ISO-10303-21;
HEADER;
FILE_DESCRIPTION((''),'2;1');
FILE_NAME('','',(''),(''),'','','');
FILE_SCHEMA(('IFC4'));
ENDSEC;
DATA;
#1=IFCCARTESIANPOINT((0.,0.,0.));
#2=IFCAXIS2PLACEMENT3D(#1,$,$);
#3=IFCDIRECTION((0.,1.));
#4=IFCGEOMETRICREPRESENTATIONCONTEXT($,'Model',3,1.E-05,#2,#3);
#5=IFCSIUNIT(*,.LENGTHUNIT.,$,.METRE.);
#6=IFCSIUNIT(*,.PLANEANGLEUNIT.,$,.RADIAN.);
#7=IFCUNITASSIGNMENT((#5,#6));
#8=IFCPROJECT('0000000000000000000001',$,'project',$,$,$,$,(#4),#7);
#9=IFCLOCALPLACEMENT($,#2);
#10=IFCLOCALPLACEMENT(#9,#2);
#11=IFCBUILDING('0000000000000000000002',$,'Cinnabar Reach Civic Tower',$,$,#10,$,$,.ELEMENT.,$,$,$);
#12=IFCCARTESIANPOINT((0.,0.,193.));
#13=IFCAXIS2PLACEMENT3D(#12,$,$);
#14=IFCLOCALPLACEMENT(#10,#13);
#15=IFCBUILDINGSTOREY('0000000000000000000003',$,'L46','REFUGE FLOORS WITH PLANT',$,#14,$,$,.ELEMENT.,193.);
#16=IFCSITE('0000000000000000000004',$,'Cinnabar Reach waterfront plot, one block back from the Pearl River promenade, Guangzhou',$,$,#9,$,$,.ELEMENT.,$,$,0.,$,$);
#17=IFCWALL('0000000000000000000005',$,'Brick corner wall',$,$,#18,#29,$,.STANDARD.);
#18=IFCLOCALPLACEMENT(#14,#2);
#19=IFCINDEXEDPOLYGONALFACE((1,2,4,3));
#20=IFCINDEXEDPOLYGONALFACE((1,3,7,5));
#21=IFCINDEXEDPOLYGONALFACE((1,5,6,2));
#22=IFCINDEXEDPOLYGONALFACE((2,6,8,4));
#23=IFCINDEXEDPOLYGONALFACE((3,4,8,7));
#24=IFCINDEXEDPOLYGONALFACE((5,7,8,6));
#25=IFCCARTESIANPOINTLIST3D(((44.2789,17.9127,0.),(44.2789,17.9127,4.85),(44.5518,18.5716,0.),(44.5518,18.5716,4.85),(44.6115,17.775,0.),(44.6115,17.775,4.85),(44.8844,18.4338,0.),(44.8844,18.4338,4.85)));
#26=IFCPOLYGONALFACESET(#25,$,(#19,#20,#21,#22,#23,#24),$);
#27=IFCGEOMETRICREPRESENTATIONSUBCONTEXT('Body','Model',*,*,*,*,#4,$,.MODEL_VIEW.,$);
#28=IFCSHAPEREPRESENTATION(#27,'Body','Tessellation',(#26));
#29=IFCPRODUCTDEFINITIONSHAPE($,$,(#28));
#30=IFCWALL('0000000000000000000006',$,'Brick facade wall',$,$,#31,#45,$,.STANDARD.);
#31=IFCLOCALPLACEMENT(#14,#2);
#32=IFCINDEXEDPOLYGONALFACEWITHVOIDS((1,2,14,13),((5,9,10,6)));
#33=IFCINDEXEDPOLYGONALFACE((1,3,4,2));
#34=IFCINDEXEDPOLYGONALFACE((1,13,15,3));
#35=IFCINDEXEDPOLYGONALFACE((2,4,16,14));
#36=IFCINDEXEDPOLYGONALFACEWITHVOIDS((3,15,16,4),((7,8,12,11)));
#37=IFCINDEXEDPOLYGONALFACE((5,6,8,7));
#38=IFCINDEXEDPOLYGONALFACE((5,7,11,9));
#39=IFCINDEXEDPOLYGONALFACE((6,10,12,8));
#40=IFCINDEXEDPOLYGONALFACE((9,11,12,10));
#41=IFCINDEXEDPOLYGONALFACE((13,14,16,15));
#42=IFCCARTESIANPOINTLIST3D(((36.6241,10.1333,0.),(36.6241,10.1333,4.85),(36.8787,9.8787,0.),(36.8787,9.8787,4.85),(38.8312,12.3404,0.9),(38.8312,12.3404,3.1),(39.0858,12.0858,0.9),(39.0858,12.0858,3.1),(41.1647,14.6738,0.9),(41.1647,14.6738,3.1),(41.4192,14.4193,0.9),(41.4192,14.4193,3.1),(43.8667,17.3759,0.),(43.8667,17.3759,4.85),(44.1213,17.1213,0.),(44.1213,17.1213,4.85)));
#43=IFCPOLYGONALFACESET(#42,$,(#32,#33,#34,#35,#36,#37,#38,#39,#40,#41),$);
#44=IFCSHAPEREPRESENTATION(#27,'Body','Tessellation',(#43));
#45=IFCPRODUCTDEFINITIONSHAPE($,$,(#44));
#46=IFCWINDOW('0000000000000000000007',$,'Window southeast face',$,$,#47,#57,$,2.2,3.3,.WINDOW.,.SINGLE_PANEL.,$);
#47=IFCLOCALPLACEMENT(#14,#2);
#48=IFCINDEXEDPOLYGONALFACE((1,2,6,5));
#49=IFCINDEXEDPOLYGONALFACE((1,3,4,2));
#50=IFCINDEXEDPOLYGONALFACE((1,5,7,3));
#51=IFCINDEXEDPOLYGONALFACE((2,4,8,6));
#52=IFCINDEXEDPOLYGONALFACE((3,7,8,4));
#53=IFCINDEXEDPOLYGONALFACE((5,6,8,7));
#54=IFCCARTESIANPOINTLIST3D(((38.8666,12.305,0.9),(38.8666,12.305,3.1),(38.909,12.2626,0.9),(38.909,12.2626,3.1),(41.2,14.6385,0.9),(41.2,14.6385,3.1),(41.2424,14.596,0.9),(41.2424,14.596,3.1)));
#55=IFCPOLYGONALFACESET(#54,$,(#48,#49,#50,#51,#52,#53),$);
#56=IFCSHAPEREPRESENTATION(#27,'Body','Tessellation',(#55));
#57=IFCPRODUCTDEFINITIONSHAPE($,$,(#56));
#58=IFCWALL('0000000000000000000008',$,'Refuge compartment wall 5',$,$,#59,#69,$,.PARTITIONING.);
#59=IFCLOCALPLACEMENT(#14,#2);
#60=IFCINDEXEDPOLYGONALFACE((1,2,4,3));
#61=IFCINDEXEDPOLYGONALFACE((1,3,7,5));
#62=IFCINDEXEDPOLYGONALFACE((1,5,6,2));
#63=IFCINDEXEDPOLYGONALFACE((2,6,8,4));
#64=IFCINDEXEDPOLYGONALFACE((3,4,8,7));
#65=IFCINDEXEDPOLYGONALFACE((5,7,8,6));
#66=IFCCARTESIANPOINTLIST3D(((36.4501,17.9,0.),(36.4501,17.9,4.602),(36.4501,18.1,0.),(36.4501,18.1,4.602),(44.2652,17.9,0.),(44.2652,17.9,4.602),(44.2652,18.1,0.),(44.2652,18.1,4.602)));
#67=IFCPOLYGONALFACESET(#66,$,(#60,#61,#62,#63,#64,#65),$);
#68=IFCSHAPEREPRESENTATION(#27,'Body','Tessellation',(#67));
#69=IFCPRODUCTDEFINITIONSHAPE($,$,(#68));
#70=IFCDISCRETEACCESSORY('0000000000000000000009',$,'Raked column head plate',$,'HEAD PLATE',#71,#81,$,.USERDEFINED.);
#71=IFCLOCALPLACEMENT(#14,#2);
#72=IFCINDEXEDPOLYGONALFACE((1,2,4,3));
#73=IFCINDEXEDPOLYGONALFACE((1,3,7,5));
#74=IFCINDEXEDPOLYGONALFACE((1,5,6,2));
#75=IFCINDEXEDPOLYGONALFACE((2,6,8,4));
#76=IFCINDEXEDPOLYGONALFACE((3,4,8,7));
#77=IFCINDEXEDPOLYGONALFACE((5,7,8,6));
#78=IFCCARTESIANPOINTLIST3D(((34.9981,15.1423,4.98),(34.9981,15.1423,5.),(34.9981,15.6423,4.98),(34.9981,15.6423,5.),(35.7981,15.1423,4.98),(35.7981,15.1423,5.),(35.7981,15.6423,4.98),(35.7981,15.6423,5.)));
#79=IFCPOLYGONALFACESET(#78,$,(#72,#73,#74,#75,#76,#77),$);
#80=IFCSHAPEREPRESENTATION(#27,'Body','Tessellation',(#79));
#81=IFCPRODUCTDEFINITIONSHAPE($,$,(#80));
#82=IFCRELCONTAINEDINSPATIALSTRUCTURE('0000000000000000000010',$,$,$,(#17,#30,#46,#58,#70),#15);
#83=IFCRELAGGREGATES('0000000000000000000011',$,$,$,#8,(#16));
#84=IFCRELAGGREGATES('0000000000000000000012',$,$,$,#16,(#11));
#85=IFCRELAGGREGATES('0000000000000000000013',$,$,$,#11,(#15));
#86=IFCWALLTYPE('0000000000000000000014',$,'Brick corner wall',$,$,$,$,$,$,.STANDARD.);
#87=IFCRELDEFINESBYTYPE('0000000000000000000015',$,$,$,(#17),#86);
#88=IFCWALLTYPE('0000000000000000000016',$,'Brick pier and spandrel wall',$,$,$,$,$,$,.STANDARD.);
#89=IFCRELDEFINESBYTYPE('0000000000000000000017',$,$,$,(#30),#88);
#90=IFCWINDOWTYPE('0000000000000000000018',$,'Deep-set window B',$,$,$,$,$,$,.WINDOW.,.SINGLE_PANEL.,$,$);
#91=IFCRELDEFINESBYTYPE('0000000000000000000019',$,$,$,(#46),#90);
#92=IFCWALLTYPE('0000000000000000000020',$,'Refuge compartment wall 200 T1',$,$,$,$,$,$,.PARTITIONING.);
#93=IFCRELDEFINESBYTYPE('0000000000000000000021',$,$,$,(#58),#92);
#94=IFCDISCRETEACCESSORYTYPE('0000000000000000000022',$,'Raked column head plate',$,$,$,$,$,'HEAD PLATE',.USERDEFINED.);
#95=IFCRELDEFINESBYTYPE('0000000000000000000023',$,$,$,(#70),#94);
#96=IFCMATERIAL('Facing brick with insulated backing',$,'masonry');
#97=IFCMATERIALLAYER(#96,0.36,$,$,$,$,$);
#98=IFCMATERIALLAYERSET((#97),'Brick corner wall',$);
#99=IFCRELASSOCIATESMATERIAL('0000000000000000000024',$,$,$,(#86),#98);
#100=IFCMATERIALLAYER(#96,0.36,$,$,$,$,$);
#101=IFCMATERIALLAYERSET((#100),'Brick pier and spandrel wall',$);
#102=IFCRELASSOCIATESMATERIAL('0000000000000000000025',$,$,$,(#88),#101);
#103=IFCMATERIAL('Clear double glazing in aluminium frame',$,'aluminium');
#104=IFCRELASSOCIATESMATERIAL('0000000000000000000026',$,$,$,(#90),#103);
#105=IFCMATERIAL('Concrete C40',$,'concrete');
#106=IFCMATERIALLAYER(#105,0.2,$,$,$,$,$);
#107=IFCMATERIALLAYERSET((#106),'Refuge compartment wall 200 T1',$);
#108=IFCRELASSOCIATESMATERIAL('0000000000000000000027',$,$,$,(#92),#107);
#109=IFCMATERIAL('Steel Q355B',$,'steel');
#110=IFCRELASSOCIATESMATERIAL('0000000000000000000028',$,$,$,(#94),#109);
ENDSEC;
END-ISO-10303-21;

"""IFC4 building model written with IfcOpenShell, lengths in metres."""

from ifc_helpers import new_model, si_unit, direction, frame, frame_2d, origin, origin_2d, place, context, subcontext, project, spatial, rectangle, extrude, material, layer, layer_set, type_object, element, fill, save


model = new_model("IFC4")

# Units and contexts
model_context = context("Model", 3, precision=1e-05, world=origin(), true_north=direction((0.0, 1.0)))
body_context = subcontext(model_context, "Body", "Model", "MODEL_VIEW")
ifc_project = project(units=[si_unit("LENGTHUNIT", "METRE"), si_unit("PLANEANGLEUNIT", "RADIAN")], contexts=[model_context])

# Site, building, storey
site_placement = place(None, origin())
site = spatial("IfcSite", under=ifc_project, at=site_placement, Name="Cinnabar Reach waterfront plot, one block back from the Pearl River promenade, Guangzhou", CompositionType="ELEMENT", RefElevation=0.0)
building_placement = place(site_placement, origin())
building = spatial("IfcBuilding", under=site, at=building_placement, Name="Cinnabar Reach Civic Tower", CompositionType="ELEMENT")
storey_placement = place(building_placement, frame((0.0, 0.0, 193.0)))
storey = spatial("IfcBuildingStorey", under=building, at=storey_placement, Name="L46", Description="REFUGE FLOORS WITH PLANT", CompositionType="ELEMENT", Elevation=193.0)

# Shared definitions
ifc_material_1 = material(Name="Steel Q355B", Category="steel")

# Wall
ifc_material_2 = material(Name="Facing brick with insulated backing", Category="masonry")
ifc_layer_1 = layer(ifc_material_2, 0.36)
ifc_layer_set_1 = layer_set([ifc_layer_1], Name="Brick corner wall")
wall_type_1 = type_object("IfcWallType", Name="Brick corner wall", PredefinedType="STANDARD", material=ifc_layer_set_1)
wall_1_placement = place(storey_placement, frame((44.4452, 17.8439, 0.0), z_axis=(0.0, 0.0, 1.0), x_axis=(0.382703, 0.923872, 0.0)))
element("IfcWall", 1, at=wall_1_placement, inside=storey, type_object=wall_type_1, Name="Brick corner wall", PredefinedType="STANDARD", context=body_context, shape_type="SweptSolid", body=[
    extrude(rectangle(XDim=0.7131, YDim=0.36, at=frame_2d((0.3565, 0.0))), origin(), (0.0, 0.0, 1.0), 4.85),
])

# Wall, opening, window
ifc_layer_2 = layer(ifc_material_2, 0.36)
ifc_layer_set_2 = layer_set([ifc_layer_2], Name="Brick pier and spandrel wall")
wall_type_2 = type_object("IfcWallType", Name="Brick pier and spandrel wall", PredefinedType="STANDARD", material=ifc_layer_set_2)
wall_2_placement = place(storey_placement, frame((36.7514, 10.006, 0.0), z_axis=(0.0, 0.0, 1.0), x_axis=(0.707107, 0.707107, 0.0)))
wall_2 = element("IfcWall", 2, at=wall_2_placement, inside=storey, type_object=wall_type_2, Name="Brick facade wall", PredefinedType="STANDARD", context=body_context, shape_type="SweptSolid", body=[
    extrude(rectangle(XDim=10.2426, YDim=0.36, at=frame_2d((5.1213, 0.0))), origin(), (0.0, 0.0, 1.0), 4.85),
])
opening_placement = place(wall_2_placement, frame((3.1213, 0.0, 0.9)))
opening = element("IfcOpeningElement", 3, at=opening_placement, cuts=wall_2, PredefinedType="OPENING", context=body_context, shape_type="SweptSolid", body=[
    extrude(rectangle(XDim=3.3, YDim=2.2, at=frame_2d((1.65, 1.1))), frame((0.0, 0.19, 0.0), z_axis=(0.0, -1.0, 0.0), x_axis=(1.0, 0.0, 0.0)), (0.0, 0.0, 1.0), 0.38),
])
ifc_material_3 = material(Name="Clear double glazing in aluminium frame", Category="aluminium")
window_type = type_object("IfcWindowType", Name="Deep-set window B", PartitioningType="SINGLE_PANEL", PredefinedType="WINDOW", material=ifc_material_3)
window_placement = place(opening_placement, origin())
window = element("IfcWindow", 4, at=window_placement, inside=storey, type_object=window_type, Name="Window southeast face", OverallHeight=2.2, OverallWidth=3.3, PartitioningType="SINGLE_PANEL", PredefinedType="WINDOW", context=body_context, shape_type="SweptSolid", body=[
    extrude(rectangle(XDim=3.3, YDim=2.2, at=frame_2d((1.65, 1.1))), frame((0.0, 0.13, 0.0), z_axis=(0.0, -1.0, 0.0), x_axis=(1.0, 0.0, 0.0)), (0.0, 0.0, 1.0), 0.06),
])
fill(opening, window)

# Wall
ifc_material_4 = material(Name="Concrete C40", Category="concrete")
ifc_layer_3 = layer(ifc_material_4, 0.2)
ifc_layer_set_3 = layer_set([ifc_layer_3], Name="Refuge compartment wall 200 T1")
wall_type_3 = type_object("IfcWallType", Name="Refuge compartment wall 200 T1", PredefinedType="PARTITIONING", material=ifc_layer_set_3)
wall_3_placement = place(storey_placement, frame((36.45, 18.0, 0.0), z_axis=(0.0, 0.0, 1.0), x_axis=(1.0, 0.0, 0.0)))
element("IfcWall", 5, at=wall_3_placement, inside=storey, type_object=wall_type_3, Name="Refuge compartment wall 5", PredefinedType="PARTITIONING", context=body_context, shape_type="SweptSolid", body=[
    extrude(rectangle(XDim=7.8151, YDim=0.2, at=frame_2d((3.9076, 0.0))), origin(), (0.0, 0.0, 1.0), 4.602),
])

# Discrete accessory
discrete_accessory_type = type_object("IfcDiscreteAccessoryType", Name="Raked column head plate", ElementType="HEAD PLATE", PredefinedType="USERDEFINED", material=ifc_material_1)
discrete_accessory_placement = place(storey_placement, frame((35.3981, 15.3923, 4.98), z_axis=(0.0, 0.0, 1.0), x_axis=(0.0, 1.0, 0.0)))
element("IfcDiscreteAccessory", 6, at=discrete_accessory_placement, inside=storey, type_object=discrete_accessory_type, Name="Raked column head plate", ObjectType="HEAD PLATE", PredefinedType="USERDEFINED", context=body_context, shape_type="SweptSolid", body=[
    extrude(rectangle(XDim=0.5, YDim=0.8, at=origin_2d()), origin(), (0.0, 0.0, 1.0), 0.02),
])

save(model, "model.ifc")
